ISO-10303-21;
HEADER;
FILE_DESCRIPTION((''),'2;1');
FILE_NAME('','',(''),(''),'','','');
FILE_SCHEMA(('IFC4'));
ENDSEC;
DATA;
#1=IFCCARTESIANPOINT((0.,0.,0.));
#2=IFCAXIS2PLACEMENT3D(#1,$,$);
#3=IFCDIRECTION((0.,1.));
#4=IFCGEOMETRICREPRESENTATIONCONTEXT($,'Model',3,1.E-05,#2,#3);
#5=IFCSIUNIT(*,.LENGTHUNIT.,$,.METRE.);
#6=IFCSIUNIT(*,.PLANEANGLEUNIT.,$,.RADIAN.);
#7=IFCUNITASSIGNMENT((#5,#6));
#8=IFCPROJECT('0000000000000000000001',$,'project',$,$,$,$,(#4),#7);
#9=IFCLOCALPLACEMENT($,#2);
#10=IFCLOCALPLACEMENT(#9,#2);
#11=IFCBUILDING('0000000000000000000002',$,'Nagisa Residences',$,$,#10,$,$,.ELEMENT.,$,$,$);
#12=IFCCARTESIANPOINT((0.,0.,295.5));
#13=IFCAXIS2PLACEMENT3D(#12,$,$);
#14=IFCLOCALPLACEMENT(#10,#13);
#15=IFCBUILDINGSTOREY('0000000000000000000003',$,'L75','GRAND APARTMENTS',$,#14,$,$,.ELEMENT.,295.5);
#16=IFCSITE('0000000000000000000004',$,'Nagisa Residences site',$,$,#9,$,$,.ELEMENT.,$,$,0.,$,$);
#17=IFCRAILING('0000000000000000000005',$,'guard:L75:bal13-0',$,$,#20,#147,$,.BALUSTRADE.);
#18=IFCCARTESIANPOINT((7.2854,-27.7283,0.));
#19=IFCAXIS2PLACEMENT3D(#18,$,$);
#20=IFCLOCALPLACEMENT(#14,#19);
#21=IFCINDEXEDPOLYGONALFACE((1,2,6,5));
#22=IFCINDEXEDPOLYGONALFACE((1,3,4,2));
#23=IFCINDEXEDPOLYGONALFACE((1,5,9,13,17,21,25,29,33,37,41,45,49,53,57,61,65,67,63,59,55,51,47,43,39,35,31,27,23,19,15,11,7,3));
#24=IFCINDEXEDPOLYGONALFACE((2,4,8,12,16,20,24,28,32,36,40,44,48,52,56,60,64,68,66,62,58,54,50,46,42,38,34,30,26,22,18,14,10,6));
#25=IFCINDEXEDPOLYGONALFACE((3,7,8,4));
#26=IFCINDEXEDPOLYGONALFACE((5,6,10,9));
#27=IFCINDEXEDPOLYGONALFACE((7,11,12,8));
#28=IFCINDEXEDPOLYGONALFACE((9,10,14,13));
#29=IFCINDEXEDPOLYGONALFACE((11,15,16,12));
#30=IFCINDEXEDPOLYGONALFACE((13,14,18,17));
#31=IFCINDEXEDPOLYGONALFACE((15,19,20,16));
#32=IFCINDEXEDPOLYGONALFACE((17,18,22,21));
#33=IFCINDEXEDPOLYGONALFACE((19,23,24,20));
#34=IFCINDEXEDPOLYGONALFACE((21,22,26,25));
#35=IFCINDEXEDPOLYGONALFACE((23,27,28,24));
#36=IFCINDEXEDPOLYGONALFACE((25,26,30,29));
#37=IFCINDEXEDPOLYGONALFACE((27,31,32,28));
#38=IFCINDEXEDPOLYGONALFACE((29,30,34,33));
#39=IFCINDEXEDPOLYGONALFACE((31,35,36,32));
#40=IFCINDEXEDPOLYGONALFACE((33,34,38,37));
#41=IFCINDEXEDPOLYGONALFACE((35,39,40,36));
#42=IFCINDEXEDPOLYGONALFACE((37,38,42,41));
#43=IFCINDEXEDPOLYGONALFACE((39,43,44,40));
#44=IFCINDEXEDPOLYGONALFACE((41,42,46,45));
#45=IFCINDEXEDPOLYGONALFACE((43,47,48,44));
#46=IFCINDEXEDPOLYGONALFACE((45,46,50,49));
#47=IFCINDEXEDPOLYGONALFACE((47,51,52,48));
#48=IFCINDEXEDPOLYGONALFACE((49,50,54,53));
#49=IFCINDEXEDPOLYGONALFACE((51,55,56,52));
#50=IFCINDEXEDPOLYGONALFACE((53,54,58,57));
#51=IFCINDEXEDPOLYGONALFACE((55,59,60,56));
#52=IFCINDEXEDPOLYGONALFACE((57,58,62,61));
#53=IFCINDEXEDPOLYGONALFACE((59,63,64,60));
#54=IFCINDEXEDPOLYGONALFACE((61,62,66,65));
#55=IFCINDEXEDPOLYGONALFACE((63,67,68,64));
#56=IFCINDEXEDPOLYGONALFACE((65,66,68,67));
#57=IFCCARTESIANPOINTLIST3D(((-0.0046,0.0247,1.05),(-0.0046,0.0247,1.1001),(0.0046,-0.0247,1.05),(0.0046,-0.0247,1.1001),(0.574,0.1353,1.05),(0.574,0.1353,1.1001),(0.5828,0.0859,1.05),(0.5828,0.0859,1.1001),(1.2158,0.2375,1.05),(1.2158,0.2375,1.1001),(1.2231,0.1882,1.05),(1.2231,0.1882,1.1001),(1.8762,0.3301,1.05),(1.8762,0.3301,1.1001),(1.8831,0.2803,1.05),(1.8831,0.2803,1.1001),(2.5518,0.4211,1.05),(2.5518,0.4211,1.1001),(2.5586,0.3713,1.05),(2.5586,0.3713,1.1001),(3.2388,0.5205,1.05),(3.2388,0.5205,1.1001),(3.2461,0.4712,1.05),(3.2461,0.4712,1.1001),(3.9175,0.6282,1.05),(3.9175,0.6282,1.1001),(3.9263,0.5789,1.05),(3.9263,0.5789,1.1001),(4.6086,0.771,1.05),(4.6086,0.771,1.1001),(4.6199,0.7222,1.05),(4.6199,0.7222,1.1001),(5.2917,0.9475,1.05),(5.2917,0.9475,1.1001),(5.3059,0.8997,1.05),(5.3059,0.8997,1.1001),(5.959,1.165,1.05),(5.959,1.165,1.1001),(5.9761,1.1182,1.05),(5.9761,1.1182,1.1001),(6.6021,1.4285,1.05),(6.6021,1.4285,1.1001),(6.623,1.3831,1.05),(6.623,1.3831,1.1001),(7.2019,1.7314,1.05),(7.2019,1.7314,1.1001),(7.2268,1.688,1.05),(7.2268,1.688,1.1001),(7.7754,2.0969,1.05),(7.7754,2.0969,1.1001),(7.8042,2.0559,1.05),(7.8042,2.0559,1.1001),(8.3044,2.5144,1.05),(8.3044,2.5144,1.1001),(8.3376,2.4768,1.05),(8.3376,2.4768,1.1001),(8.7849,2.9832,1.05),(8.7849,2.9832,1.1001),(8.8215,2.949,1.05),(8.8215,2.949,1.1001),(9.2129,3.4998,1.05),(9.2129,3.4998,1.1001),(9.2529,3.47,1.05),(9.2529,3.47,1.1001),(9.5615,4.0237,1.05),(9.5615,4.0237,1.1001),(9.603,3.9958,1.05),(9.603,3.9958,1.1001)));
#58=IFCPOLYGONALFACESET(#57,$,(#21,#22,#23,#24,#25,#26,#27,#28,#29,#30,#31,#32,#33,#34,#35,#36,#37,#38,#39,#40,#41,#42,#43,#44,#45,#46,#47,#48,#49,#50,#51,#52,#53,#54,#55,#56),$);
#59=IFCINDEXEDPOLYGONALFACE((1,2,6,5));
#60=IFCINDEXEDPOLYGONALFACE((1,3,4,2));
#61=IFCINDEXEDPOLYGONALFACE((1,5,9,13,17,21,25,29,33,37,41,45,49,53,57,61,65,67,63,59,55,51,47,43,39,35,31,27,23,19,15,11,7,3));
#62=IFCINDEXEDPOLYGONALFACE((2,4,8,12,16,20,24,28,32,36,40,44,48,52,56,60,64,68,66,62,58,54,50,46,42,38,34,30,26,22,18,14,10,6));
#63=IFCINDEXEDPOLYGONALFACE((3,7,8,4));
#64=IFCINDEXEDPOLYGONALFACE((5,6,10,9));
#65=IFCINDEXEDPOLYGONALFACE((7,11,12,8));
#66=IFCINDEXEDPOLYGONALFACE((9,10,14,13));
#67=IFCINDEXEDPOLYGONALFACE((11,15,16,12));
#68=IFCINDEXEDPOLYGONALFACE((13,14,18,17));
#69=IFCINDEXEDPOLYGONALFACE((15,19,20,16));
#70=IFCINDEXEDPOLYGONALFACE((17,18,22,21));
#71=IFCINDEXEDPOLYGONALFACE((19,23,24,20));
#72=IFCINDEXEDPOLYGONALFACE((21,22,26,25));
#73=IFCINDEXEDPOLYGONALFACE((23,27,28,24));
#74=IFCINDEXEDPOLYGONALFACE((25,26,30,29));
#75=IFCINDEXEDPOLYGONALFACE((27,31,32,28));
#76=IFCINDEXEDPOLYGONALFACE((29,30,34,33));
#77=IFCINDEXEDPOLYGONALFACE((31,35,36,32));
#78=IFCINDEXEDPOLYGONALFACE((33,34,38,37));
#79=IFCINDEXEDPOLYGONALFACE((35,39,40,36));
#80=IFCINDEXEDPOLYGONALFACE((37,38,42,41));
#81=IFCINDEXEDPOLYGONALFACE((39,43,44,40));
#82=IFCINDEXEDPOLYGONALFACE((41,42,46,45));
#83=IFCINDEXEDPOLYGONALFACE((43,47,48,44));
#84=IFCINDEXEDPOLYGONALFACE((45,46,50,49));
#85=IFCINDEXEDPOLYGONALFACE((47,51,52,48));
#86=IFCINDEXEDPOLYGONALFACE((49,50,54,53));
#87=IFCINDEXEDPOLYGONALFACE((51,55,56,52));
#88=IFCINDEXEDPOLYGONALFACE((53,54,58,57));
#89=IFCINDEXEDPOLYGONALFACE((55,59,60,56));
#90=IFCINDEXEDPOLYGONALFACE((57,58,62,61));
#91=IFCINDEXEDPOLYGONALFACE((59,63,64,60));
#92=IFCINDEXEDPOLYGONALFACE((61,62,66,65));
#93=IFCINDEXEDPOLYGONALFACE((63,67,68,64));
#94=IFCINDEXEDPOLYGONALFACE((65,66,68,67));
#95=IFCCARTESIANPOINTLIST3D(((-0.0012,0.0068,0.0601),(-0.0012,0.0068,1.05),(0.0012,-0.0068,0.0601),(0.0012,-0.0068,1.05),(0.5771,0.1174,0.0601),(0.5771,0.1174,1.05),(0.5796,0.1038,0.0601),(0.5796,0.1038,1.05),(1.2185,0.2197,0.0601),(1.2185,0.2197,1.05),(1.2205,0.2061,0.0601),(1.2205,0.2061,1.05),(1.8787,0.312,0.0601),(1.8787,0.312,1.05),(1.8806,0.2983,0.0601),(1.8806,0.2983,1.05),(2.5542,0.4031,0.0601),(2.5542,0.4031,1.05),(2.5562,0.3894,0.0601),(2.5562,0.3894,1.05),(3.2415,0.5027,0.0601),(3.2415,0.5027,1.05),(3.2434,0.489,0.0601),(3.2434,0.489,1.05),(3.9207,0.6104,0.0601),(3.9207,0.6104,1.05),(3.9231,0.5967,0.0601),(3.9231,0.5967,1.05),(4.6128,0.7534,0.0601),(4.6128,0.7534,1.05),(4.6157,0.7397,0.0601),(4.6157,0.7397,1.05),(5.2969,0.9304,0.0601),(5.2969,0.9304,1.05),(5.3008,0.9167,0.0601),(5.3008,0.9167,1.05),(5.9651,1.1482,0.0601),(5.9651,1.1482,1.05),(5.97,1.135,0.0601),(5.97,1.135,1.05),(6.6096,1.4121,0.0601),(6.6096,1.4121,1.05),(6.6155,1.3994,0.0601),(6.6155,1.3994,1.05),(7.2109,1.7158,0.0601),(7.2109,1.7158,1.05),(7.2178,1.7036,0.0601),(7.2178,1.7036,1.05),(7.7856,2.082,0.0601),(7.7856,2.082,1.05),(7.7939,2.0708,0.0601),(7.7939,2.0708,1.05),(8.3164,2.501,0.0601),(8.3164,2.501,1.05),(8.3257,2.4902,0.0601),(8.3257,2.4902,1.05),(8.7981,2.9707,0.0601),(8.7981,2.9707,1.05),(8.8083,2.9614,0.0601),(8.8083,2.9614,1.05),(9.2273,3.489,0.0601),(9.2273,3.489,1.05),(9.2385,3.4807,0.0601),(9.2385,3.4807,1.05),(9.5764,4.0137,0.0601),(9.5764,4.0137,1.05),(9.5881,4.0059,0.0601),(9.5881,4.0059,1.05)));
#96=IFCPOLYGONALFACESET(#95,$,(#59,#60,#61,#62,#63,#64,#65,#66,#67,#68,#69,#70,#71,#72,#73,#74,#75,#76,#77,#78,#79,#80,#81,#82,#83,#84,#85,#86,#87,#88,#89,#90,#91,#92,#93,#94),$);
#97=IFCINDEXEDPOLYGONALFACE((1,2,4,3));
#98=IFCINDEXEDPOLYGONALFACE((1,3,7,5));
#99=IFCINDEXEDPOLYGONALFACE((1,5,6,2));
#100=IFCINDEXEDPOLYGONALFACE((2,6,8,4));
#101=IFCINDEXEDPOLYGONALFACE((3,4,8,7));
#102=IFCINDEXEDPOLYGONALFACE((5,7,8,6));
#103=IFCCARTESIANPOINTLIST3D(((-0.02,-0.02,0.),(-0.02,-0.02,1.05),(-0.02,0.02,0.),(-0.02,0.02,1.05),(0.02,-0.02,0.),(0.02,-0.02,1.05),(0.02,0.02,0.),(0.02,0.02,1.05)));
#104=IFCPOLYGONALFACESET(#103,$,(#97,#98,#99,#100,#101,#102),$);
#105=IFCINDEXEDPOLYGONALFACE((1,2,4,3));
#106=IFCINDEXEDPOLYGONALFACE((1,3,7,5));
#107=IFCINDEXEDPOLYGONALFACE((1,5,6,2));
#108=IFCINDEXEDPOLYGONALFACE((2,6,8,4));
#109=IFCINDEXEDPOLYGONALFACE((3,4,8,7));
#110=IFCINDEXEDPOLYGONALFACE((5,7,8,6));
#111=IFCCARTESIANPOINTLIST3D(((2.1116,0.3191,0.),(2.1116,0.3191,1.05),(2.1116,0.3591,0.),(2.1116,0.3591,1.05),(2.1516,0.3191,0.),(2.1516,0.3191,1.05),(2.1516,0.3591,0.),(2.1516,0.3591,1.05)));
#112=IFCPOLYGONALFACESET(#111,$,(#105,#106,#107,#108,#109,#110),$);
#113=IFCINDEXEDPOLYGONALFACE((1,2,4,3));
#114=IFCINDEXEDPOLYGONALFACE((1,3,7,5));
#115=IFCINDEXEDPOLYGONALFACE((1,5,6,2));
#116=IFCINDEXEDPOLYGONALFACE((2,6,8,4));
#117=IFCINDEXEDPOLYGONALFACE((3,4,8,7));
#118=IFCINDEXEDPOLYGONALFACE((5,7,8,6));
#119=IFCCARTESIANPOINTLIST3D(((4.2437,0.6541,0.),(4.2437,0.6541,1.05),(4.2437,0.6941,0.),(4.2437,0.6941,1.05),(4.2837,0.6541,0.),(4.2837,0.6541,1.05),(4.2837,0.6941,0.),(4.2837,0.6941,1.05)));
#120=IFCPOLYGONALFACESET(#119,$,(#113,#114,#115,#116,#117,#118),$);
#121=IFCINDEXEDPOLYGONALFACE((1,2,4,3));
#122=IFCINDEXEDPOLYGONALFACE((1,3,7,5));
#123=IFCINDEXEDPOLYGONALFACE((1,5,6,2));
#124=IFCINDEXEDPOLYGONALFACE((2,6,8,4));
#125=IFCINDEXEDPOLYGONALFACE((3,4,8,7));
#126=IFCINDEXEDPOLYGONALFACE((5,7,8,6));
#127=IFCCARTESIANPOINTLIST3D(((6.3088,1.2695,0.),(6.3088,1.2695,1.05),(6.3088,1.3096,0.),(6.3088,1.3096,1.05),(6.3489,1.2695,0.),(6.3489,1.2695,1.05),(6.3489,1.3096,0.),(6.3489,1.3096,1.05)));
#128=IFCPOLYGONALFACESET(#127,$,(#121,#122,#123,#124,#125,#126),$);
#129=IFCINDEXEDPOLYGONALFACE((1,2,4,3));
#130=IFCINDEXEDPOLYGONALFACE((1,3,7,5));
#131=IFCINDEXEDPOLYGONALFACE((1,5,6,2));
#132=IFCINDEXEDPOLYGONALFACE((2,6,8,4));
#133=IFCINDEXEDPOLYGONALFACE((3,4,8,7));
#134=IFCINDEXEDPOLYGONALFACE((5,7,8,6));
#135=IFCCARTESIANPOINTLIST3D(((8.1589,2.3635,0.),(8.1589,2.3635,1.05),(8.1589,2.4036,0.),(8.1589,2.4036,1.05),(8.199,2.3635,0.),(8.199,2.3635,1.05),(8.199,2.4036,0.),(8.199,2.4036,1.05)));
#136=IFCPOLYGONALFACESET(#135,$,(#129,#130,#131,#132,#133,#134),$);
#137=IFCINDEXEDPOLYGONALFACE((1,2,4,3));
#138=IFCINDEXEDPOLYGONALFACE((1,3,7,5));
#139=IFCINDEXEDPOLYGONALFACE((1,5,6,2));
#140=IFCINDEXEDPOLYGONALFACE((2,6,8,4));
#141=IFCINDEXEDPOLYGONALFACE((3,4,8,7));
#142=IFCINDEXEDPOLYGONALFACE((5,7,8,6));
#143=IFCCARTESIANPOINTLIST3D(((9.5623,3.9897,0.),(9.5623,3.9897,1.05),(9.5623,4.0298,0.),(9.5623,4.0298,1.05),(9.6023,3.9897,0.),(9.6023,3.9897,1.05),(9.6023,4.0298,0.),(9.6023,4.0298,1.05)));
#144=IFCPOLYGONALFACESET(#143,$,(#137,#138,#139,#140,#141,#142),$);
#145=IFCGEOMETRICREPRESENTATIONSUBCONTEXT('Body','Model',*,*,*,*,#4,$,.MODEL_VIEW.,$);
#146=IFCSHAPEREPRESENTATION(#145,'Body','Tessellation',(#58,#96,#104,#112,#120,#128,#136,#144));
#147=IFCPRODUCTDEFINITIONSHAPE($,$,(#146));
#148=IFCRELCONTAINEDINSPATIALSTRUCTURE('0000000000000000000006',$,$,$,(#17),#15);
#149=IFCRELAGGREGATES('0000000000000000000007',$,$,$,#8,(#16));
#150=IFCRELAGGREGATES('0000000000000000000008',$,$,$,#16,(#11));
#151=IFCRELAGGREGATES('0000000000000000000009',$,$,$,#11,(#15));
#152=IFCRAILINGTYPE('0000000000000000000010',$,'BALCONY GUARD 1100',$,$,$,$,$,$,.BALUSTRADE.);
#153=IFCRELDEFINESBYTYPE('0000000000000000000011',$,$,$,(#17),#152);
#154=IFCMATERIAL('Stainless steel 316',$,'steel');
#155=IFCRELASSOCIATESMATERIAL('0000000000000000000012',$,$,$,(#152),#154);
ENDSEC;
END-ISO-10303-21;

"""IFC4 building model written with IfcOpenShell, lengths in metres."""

from ifc_helpers import new_model, si_unit, direction, frame, origin, origin_2d, place, context, subcontext, project, spatial, polyline, rectangle, outline, extrude, material, type_object, element, save


model = new_model("IFC4")

# Units and contexts
model_context = context("Model", 3, precision=1e-05, world=origin(), true_north=direction((0.0, 1.0)))
body_context = subcontext(model_context, "Body", "Model", "MODEL_VIEW")
ifc_project = project(units=[si_unit("LENGTHUNIT", "METRE"), si_unit("PLANEANGLEUNIT", "RADIAN")], contexts=[model_context])

# Site, building, storey
site_placement = place(None, origin())
site = spatial("IfcSite", under=ifc_project, at=site_placement, Name="Nagisa Residences site", CompositionType="ELEMENT", RefElevation=0.0)
building_placement = place(site_placement, origin())
building = spatial("IfcBuilding", under=site, at=building_placement, Name="Nagisa Residences", CompositionType="ELEMENT")
storey_placement = place(building_placement, frame((0.0, 0.0, 295.5)))
storey = spatial("IfcBuildingStorey", under=building, at=storey_placement, Name="L75", Description="GRAND APARTMENTS", CompositionType="ELEMENT", Elevation=295.5)

# Railing
ifc_material_1 = material(Name="Stainless steel 316", Category="steel")
railing_type = type_object("IfcRailingType", Name="BALCONY GUARD 1100", PredefinedType="BALUSTRADE", material=ifc_material_1)
railing_placement = place(storey_placement, frame((7.2854, -27.7283, 0.0)))
element("IfcRailing", 1, at=railing_placement, inside=storey, type_object=railing_type, Name="guard:L75:bal13-0", PredefinedType="BALUSTRADE", context=body_context, shape_type="SweptSolid", body=[
    extrude(outline(polyline([(0.574, 0.1353), (-0.0046, 0.0247), (0.0046, -0.0247), (0.5828, 0.0859), (1.2231, 0.1882), (1.8831, 0.2803), (2.5586, 0.3713), (3.2461, 0.4712), (3.9263, 0.5789), (4.6199, 0.7222), (5.3059, 0.8997), (5.9761, 1.1182), (6.623, 1.3831), (7.2268, 1.688), (7.8042, 2.0559), (8.3376, 2.4768), (8.8215, 2.949), (9.2529, 3.47), (9.603, 3.9958), (9.5615, 4.0237), (9.2129, 3.4998), (8.7849, 2.9832), (8.3044, 2.5144), (7.7754, 2.0969), (7.2019, 1.7314), (6.6021, 1.4285), (5.959, 1.165), (5.2917, 0.9475), (4.6086, 0.771), (3.9175, 0.6282), (3.2388, 0.5205), (2.5518, 0.4211), (1.8762, 0.3301), (1.2158, 0.2375), (0.574, 0.1353)])), frame((0.0, 0.0, 1.05)), (0.0, 0.0, 1.0), 0.05),
    extrude(outline(polyline([(0.5771, 0.1174), (-0.0012, 0.0068), (0.0012, -0.0068), (0.5796, 0.1038), (1.2205, 0.2061), (1.8806, 0.2983), (2.5562, 0.3894), (3.2434, 0.489), (3.9231, 0.5967), (4.6157, 0.7397), (5.3008, 0.9167), (5.97, 1.135), (6.6155, 1.3994), (7.2178, 1.7036), (7.7939, 2.0708), (8.3257, 2.4902), (8.8083, 2.9614), (9.2385, 3.4807), (9.5881, 4.0059), (9.5764, 4.0137), (9.2273, 3.489), (8.7981, 2.9707), (8.3164, 2.501), (7.7856, 2.082), (7.2109, 1.7158), (6.6096, 1.4121), (5.9651, 1.1482), (5.2969, 0.9304), (4.6128, 0.7534), (3.9207, 0.6104), (3.2415, 0.5027), (2.5542, 0.4031), (1.8787, 0.312), (1.2185, 0.2197), (0.5771, 0.1174)])), frame((0.0, 0.0, 0.0601)), (0.0, 0.0, 1.0), 0.99),
    extrude(rectangle(XDim=0.04, YDim=0.04, at=origin_2d()), origin(), (0.0, 0.0, 1.0), 1.05),
    extrude(rectangle(XDim=0.04, YDim=0.04, at=origin_2d()), frame((2.1316, 0.3391, 0.0)), (0.0, 0.0, 1.0), 1.05),
    extrude(rectangle(XDim=0.04, YDim=0.04, at=origin_2d()), frame((4.2637, 0.6741, 0.0)), (0.0, 0.0, 1.0), 1.05),
    extrude(rectangle(XDim=0.04, YDim=0.04, at=origin_2d()), frame((6.3289, 1.2896, 0.0)), (0.0, 0.0, 1.0), 1.05),
    extrude(rectangle(XDim=0.04, YDim=0.04, at=origin_2d()), frame((8.179, 2.3835, 0.0)), (0.0, 0.0, 1.0), 1.05),
    extrude(rectangle(XDim=0.04, YDim=0.04, at=origin_2d()), frame((9.5823, 4.0098, 0.0)), (0.0, 0.0, 1.0), 1.05),
])

save(model, "model.ifc")
